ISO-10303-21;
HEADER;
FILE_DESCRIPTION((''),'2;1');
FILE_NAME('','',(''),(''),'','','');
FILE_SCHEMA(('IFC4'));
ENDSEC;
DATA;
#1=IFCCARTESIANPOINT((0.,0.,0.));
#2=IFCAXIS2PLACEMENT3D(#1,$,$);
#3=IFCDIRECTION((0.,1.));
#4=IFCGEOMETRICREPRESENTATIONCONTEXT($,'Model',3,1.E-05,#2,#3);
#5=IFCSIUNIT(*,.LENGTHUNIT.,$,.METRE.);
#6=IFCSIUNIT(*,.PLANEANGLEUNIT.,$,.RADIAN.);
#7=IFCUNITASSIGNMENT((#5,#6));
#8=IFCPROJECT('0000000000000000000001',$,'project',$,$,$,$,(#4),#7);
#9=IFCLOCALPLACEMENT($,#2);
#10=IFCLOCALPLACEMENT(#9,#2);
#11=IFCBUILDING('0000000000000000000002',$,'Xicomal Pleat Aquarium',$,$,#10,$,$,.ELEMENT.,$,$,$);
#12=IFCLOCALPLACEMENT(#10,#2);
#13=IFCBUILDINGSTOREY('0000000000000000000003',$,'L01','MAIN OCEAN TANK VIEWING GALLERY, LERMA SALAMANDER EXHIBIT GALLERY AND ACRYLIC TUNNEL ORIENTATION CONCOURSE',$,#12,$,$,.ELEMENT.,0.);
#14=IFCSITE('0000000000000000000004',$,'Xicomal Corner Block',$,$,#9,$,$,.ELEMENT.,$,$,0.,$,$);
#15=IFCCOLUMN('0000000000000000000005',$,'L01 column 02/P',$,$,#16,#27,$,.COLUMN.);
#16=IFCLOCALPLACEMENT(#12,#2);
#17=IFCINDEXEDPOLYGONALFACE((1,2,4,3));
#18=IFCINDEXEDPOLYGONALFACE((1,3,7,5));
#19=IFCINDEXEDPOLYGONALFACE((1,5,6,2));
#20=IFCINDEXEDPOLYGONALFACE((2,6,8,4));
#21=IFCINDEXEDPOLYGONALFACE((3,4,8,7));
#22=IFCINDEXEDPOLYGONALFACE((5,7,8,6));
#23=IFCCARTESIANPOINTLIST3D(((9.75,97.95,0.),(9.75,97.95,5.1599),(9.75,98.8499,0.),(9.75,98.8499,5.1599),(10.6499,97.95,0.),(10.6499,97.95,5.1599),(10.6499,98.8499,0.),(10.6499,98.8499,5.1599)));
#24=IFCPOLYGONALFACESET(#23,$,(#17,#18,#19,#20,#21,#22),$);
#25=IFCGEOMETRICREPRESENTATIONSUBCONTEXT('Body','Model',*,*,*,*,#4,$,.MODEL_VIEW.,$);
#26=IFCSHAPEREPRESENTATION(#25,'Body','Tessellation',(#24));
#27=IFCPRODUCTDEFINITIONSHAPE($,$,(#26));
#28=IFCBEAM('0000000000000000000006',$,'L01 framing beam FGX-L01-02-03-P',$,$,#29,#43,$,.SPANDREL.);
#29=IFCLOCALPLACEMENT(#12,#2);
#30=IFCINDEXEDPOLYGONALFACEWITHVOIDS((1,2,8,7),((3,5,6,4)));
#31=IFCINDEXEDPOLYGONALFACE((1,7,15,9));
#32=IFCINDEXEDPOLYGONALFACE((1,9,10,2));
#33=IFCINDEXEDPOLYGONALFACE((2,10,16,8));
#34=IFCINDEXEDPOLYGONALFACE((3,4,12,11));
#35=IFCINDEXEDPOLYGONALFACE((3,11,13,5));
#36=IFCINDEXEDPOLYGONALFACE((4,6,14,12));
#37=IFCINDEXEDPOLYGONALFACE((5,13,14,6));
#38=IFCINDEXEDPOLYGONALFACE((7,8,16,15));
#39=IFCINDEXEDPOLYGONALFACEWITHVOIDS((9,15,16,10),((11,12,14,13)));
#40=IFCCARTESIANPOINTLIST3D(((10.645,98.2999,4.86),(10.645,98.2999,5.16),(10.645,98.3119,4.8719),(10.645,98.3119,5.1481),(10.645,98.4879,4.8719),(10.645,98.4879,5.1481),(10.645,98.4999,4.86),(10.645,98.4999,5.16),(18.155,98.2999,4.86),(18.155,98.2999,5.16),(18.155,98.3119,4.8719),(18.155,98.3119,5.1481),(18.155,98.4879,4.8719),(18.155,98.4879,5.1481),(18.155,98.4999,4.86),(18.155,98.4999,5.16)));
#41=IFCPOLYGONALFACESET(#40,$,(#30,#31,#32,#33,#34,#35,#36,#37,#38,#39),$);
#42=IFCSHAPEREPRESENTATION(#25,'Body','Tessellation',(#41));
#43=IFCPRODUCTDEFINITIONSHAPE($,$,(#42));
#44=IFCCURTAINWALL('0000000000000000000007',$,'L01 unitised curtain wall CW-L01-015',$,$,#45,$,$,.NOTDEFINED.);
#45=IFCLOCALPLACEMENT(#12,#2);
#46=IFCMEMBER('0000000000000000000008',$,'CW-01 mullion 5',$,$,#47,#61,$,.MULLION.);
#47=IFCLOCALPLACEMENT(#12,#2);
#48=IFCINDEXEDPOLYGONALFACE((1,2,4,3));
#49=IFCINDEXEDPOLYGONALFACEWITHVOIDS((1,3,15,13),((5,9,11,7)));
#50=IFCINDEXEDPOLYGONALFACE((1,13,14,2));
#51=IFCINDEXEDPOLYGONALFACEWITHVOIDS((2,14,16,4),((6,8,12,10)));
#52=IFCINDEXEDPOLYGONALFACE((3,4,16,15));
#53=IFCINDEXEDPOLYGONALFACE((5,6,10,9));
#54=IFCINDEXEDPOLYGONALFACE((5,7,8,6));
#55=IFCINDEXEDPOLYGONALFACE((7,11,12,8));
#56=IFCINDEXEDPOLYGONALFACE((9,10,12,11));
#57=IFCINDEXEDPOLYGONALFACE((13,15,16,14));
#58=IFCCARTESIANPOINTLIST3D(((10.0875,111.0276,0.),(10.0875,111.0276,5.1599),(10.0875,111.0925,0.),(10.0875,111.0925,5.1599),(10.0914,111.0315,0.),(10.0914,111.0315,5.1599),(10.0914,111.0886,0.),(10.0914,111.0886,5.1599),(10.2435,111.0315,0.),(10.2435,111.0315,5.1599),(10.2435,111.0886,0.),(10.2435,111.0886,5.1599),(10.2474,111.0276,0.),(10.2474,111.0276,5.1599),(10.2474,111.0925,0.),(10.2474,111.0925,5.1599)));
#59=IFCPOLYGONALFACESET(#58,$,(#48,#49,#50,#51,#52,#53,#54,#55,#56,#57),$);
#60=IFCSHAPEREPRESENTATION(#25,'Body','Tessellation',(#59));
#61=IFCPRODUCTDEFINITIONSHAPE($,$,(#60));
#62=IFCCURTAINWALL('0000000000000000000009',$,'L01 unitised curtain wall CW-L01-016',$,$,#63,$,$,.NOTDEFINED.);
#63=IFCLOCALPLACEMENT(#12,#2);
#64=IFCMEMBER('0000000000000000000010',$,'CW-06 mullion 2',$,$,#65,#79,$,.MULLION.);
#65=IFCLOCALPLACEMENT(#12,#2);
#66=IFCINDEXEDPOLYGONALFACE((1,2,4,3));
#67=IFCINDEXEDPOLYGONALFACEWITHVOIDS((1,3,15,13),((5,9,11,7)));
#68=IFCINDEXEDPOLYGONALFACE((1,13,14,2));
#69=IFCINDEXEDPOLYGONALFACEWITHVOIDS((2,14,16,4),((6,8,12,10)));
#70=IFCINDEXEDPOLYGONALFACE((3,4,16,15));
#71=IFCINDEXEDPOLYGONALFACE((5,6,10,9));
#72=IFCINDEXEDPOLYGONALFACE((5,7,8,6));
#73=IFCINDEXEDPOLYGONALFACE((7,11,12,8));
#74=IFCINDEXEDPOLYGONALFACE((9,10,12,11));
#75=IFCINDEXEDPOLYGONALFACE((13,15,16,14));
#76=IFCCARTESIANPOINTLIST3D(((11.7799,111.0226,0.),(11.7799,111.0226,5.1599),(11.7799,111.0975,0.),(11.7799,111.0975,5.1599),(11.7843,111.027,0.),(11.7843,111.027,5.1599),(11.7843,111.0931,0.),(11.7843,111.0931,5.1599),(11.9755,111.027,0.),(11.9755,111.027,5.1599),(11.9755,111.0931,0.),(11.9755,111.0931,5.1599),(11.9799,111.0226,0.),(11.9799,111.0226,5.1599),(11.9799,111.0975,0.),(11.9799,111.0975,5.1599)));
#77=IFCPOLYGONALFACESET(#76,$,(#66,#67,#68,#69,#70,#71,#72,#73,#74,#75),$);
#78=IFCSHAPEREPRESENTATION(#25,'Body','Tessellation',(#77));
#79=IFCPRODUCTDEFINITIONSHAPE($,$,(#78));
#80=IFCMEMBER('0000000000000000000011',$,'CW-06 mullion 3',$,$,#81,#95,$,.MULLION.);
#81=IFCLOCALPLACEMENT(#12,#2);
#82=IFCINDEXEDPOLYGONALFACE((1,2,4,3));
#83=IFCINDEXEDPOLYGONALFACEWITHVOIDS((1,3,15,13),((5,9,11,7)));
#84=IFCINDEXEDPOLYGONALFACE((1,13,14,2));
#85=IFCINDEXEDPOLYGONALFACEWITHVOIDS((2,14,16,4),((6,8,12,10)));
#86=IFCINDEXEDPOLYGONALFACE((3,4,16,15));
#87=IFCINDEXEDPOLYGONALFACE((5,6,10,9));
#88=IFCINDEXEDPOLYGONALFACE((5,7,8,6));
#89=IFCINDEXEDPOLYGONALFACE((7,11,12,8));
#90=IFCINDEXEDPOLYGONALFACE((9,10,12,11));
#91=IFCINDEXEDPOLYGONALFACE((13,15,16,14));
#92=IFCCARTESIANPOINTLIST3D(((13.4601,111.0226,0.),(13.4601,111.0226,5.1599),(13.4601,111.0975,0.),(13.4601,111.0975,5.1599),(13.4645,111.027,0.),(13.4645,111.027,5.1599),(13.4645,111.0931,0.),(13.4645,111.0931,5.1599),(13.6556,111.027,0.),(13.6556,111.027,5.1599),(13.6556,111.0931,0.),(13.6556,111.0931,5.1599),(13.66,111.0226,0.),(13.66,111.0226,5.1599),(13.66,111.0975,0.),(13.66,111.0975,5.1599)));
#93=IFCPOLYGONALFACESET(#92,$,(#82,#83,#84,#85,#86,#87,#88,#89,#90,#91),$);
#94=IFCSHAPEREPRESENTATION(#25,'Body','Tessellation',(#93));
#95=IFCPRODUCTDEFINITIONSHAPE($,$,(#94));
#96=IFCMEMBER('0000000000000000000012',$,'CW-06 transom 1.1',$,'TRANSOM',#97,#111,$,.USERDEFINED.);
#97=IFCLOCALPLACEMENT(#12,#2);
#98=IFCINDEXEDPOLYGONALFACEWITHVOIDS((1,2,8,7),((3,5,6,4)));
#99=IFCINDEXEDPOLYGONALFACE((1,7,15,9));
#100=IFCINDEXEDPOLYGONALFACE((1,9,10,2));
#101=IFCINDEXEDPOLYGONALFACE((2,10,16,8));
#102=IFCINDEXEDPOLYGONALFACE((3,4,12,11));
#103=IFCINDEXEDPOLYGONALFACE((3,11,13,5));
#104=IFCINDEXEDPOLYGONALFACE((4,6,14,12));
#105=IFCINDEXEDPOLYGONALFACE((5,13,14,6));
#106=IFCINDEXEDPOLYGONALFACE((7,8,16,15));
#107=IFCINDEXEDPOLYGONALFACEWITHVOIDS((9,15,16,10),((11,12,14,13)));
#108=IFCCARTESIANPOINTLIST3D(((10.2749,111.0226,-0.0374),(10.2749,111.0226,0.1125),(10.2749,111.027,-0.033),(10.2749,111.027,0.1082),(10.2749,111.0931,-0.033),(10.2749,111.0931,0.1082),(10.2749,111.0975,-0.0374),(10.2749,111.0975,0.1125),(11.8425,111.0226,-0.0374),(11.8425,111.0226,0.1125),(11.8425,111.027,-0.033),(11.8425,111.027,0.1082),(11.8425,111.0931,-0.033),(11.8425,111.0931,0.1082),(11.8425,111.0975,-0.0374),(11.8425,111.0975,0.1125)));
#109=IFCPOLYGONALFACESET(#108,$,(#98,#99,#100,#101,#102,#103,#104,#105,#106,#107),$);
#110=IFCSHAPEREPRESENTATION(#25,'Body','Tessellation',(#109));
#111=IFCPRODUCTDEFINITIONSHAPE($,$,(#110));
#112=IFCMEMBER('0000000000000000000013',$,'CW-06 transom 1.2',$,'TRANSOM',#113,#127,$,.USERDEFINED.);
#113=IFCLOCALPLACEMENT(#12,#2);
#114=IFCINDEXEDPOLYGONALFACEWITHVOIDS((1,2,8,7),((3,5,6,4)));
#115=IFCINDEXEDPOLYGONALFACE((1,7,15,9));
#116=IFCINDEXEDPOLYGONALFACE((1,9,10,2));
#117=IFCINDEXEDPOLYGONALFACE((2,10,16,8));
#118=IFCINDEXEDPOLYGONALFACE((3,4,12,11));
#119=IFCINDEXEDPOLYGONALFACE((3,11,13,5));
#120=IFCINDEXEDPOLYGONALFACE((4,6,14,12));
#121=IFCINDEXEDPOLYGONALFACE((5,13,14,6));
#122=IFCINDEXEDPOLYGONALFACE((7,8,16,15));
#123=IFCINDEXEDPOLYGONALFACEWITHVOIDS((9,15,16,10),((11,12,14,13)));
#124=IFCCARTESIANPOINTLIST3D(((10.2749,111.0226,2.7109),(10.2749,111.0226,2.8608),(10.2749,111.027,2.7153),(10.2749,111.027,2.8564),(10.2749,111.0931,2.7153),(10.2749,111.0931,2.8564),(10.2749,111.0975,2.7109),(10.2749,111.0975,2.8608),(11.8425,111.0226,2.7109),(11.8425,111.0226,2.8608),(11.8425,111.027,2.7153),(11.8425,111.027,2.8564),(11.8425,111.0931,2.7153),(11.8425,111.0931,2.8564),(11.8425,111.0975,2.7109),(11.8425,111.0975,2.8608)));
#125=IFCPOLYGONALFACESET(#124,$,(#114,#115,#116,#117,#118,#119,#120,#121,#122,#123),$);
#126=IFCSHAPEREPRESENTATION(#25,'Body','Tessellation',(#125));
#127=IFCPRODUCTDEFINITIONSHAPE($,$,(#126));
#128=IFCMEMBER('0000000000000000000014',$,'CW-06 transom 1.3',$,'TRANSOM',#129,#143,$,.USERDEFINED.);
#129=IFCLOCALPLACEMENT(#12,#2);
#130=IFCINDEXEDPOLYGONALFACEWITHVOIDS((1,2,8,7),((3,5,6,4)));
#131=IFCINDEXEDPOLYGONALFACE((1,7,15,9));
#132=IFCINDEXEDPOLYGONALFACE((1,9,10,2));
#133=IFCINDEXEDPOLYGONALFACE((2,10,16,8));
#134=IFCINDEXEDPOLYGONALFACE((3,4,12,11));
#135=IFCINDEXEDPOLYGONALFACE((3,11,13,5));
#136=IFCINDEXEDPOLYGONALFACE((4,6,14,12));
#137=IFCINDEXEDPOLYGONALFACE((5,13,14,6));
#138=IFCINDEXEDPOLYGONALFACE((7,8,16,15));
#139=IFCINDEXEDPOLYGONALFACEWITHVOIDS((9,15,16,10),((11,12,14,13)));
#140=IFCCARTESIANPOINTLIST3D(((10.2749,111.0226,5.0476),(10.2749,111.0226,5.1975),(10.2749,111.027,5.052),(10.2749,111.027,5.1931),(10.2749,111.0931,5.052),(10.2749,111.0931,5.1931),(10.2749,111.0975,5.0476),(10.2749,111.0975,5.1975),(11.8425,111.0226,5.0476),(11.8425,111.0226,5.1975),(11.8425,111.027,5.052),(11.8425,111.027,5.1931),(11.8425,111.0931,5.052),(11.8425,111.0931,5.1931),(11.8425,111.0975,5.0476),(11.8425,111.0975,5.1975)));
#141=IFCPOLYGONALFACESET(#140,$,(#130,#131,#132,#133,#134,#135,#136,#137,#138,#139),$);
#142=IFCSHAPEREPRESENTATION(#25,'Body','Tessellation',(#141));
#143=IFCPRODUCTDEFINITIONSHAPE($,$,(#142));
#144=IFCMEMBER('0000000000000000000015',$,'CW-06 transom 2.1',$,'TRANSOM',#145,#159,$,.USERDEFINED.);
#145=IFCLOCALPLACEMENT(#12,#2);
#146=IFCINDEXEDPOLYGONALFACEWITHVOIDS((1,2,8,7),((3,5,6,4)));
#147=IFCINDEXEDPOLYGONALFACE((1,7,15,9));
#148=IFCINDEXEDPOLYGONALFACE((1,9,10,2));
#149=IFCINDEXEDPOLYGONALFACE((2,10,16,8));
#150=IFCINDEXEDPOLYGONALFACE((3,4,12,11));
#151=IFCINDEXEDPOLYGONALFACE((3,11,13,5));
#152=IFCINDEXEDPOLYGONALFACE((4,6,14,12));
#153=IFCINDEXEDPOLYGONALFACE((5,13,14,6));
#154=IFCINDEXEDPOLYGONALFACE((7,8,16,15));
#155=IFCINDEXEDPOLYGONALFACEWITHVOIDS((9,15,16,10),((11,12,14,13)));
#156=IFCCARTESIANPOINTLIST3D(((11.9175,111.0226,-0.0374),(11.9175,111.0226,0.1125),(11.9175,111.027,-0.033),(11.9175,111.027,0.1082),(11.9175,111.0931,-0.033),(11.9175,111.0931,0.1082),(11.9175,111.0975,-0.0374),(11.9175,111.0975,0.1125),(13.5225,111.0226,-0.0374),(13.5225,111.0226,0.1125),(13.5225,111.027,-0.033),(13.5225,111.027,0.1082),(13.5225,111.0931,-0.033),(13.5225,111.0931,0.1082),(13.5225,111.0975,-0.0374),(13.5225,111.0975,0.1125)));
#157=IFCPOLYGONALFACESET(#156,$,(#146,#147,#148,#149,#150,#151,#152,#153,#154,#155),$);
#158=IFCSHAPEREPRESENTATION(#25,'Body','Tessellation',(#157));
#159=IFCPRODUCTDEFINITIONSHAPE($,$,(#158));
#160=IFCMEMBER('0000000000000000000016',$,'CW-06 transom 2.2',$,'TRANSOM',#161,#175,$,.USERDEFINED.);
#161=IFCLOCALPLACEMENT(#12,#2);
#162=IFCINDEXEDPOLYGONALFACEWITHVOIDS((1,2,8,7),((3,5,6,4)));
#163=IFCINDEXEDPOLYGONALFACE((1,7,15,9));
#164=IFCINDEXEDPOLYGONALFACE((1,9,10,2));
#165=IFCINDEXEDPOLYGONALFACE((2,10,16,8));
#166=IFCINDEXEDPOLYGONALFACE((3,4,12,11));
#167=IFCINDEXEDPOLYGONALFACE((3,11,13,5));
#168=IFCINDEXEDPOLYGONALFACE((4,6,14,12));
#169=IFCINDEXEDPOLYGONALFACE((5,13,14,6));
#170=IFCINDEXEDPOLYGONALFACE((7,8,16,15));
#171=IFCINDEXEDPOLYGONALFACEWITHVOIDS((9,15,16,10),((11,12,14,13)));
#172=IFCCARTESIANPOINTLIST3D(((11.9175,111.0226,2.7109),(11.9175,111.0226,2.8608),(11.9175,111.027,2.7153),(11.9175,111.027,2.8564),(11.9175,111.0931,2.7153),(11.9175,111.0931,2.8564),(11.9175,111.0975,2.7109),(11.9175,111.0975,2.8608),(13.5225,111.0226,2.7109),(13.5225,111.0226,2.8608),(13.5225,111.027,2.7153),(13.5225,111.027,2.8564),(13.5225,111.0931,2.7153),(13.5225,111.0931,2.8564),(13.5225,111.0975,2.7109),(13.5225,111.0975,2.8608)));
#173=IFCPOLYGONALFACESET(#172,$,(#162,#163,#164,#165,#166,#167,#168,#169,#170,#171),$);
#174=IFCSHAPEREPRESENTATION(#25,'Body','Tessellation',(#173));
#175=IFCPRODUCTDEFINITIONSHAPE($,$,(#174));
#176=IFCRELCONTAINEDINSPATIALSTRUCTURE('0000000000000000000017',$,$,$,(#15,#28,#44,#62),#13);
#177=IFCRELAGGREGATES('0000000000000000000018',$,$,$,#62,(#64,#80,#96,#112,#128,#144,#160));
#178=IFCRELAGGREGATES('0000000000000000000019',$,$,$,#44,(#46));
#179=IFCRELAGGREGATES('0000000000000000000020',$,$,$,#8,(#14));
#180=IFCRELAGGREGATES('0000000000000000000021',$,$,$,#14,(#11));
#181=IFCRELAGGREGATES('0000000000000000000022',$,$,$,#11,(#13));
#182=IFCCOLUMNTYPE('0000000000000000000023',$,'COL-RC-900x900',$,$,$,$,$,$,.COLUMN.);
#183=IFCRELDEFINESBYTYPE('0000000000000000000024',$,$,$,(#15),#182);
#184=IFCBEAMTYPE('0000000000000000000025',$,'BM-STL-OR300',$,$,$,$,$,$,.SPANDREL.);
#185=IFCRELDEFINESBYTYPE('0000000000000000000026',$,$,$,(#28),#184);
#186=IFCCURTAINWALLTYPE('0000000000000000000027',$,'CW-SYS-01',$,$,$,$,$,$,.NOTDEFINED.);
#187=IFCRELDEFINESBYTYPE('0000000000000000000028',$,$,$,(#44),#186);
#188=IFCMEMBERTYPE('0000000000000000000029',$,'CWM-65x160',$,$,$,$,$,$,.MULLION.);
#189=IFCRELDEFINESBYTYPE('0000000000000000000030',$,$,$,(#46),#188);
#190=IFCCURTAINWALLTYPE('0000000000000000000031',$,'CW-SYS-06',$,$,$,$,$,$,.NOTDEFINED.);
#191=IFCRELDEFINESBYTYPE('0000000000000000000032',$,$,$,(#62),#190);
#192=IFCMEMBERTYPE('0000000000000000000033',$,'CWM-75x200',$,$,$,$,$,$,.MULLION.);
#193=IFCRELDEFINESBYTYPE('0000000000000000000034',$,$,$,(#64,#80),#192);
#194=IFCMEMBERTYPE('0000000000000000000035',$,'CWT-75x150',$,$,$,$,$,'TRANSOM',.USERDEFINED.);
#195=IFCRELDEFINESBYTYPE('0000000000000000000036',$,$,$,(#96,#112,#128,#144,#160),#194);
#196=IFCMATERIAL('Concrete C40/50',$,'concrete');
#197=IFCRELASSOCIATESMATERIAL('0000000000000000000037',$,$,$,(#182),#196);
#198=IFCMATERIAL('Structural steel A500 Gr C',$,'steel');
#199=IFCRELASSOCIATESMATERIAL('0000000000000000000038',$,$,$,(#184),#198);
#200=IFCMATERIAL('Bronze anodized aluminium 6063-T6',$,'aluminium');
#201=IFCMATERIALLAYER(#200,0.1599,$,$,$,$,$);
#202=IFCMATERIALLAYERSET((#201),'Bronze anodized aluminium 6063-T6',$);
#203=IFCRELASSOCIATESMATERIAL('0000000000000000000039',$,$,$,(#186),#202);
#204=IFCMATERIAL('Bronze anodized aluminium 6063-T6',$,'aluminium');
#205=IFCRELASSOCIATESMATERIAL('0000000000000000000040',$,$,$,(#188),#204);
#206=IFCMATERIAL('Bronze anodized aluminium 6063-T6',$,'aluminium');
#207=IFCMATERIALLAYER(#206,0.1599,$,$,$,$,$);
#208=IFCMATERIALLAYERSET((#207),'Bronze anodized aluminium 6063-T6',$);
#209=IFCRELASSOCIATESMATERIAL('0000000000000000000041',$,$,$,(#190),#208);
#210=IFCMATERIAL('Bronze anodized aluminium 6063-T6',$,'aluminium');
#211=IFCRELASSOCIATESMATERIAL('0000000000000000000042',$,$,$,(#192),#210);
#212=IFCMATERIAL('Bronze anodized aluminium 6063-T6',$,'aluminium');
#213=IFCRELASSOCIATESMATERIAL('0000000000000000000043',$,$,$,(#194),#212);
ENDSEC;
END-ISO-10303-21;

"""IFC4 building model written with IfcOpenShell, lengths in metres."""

from ifc_helpers import new_model, si_unit, direction, frame, origin, origin_2d, place, context, subcontext, project, spatial, rectangle, hollow_rectangle, extrude, material, layer, layer_set, material_profile, profile_set, type_object, element, aggregate, save


model = new_model("IFC4")

# Units and contexts
model_context = context("Model", 3, precision=1e-05, world=origin(), true_north=direction((0.0, 1.0)))
body_context = subcontext(model_context, "Body", "Model", "MODEL_VIEW")
ifc_project = project(units=[si_unit("LENGTHUNIT", "METRE"), si_unit("PLANEANGLEUNIT", "RADIAN")], contexts=[model_context])

# Site, building, storey
site_placement = place(None, origin())
site = spatial("IfcSite", under=ifc_project, at=site_placement, Name="Xicomal Corner Block", CompositionType="ELEMENT", RefElevation=0.0)
building_placement = place(site_placement, origin())
building = spatial("IfcBuilding", under=site, at=building_placement, Name="Xicomal Pleat Aquarium", CompositionType="ELEMENT")
storey_placement = place(building_placement, origin())
storey = spatial("IfcBuildingStorey", under=building, at=storey_placement, Name="L01", Description="MAIN OCEAN TANK VIEWING GALLERY, LERMA SALAMANDER EXHIBIT GALLERY AND ACRYLIC TUNNEL ORIENTATION CONCOURSE", CompositionType="ELEMENT", Elevation=0.0)

# Column
ifc_material_1 = material(Name="Concrete C40/50", Category="concrete")
ifc_material_profile_1 = material_profile(ifc_material_1, rectangle(XDim=0.8999, YDim=0.8999, at=origin_2d()), Name="RC 900x900")
ifc_profile_set_1 = profile_set([ifc_material_profile_1], Name="Concrete C40/50")
column_type = type_object("IfcColumnType", Name="COL-RC-900x900", PredefinedType="COLUMN", material=ifc_profile_set_1)
column_placement = place(storey_placement, frame((10.2, 98.3999, 0.0), z_axis=(0.0, 0.0, 1.0), x_axis=(1.0, 0.0, 0.0)))
element("IfcColumn", 1, at=column_placement, inside=storey, type_object=column_type, Name="L01 column 02/P", PredefinedType="COLUMN", context=body_context, shape_type="SweptSolid", body=[
    extrude(rectangle(XDim=0.8999, YDim=0.8999, at=origin_2d()), origin(), (0.0, 0.0, 1.0), 5.1599),
])

# Beam
ifc_material_2 = material(Name="Structural steel A500 Gr C", Category="steel")
ifc_material_profile_2 = material_profile(ifc_material_2, hollow_rectangle(XDim=0.2, YDim=0.3, WallThickness=0.012, at=origin_2d()), Name="OR 300x200x12")
ifc_profile_set_2 = profile_set([ifc_material_profile_2], Name="Structural steel A500 Gr C")
beam_type = type_object("IfcBeamType", Name="BM-STL-OR300", PredefinedType="SPANDREL", material=ifc_profile_set_2)
beam_placement = place(storey_placement, frame((10.645, 98.3999, 5.01), z_axis=(1.0, 0.0, 0.0), x_axis=(0.0, 1.0, 0.0)))
element("IfcBeam", 2, at=beam_placement, inside=storey, type_object=beam_type, Name="L01 framing beam FGX-L01-02-03-P", PredefinedType="SPANDREL", context=body_context, shape_type="SweptSolid", body=[
    extrude(hollow_rectangle(XDim=0.2, YDim=0.3, WallThickness=0.012, at=origin_2d()), origin(), (0.0, 0.0, 1.0), 7.51),
])

# Curtain wall, member
ifc_material_3 = material(Name="Bronze anodized aluminium 6063-T6", Category="aluminium")
ifc_layer_1 = layer(ifc_material_3, 0.1599)
ifc_layer_set_1 = layer_set([ifc_layer_1], Name="Bronze anodized aluminium 6063-T6")
curtain_wall_type_1 = type_object("IfcCurtainWallType", Name="CW-SYS-01", PredefinedType="NOTDEFINED", material=ifc_layer_set_1)
curtain_wall_1_placement = place(storey_placement, origin())
curtain_wall_1 = element("IfcCurtainWall", 3, at=curtain_wall_1_placement, inside=storey, type_object=curtain_wall_type_1, Name="L01 unitised curtain wall CW-L01-015", PredefinedType="NOTDEFINED")
ifc_material_4 = material(Name="Bronze anodized aluminium 6063-T6", Category="aluminium")
ifc_material_profile_3 = material_profile(ifc_material_4, hollow_rectangle(XDim=0.0649, YDim=0.1599, WallThickness=0.0039, at=origin_2d()), Name="ALU MULL 65x160")
ifc_profile_set_3 = profile_set([ifc_material_profile_3], Name="Bronze anodized aluminium 6063-T6")
member_type_1 = type_object("IfcMemberType", Name="CWM-65x160", PredefinedType="MULLION", material=ifc_profile_set_3)
member_1_placement = place(storey_placement, frame((10.1675, 111.0601, 0.0), z_axis=(0.0, 0.0, 1.0), x_axis=(0.0, 1.0, 0.0)))
member_1 = element("IfcMember", 4, at=member_1_placement, type_object=member_type_1, Name="CW-01 mullion 5", PredefinedType="MULLION", context=body_context, shape_type="SweptSolid", body=[
    extrude(hollow_rectangle(XDim=0.0649, YDim=0.1599, WallThickness=0.0039, at=origin_2d()), origin(), (0.0, 0.0, 1.0), 5.1599),
])

# Curtain wall, members
ifc_material_5 = material(Name="Bronze anodized aluminium 6063-T6", Category="aluminium")
ifc_layer_2 = layer(ifc_material_5, 0.1599)
ifc_layer_set_2 = layer_set([ifc_layer_2], Name="Bronze anodized aluminium 6063-T6")
curtain_wall_type_2 = type_object("IfcCurtainWallType", Name="CW-SYS-06", PredefinedType="NOTDEFINED", material=ifc_layer_set_2)
curtain_wall_2_placement = place(storey_placement, origin())
curtain_wall_2 = element("IfcCurtainWall", 5, at=curtain_wall_2_placement, inside=storey, type_object=curtain_wall_type_2, Name="L01 unitised curtain wall CW-L01-016", PredefinedType="NOTDEFINED")
ifc_material_6 = material(Name="Bronze anodized aluminium 6063-T6", Category="aluminium")
ifc_material_profile_4 = material_profile(ifc_material_6, hollow_rectangle(XDim=0.075, YDim=0.2, WallThickness=0.0044, at=origin_2d()), Name="ALU MULL 75x200")
ifc_profile_set_4 = profile_set([ifc_material_profile_4], Name="Bronze anodized aluminium 6063-T6")
member_type_2 = type_object("IfcMemberType", Name="CWM-75x200", PredefinedType="MULLION", material=ifc_profile_set_4)
member_2_placement = place(storey_placement, frame((11.8799, 111.0601, 0.0), z_axis=(0.0, 0.0, 1.0), x_axis=(0.0, 1.0, 0.0)))
member_2 = element("IfcMember", 6, at=member_2_placement, type_object=member_type_2, Name="CW-06 mullion 2", PredefinedType="MULLION", context=body_context, shape_type="SweptSolid", body=[
    extrude(hollow_rectangle(XDim=0.075, YDim=0.2, WallThickness=0.0044, at=origin_2d()), origin(), (0.0, 0.0, 1.0), 5.1599),
])
member_3_placement = place(storey_placement, frame((13.5601, 111.0601, 0.0), z_axis=(0.0, 0.0, 1.0), x_axis=(0.0, 1.0, 0.0)))
member_3 = element("IfcMember", 7, at=member_3_placement, type_object=member_type_2, Name="CW-06 mullion 3", PredefinedType="MULLION", context=body_context, shape_type="SweptSolid", body=[
    extrude(hollow_rectangle(XDim=0.075, YDim=0.2, WallThickness=0.0044, at=origin_2d()), origin(), (0.0, 0.0, 1.0), 5.1599),
])
ifc_material_7 = material(Name="Bronze anodized aluminium 6063-T6", Category="aluminium")
ifc_material_profile_5 = material_profile(ifc_material_7, hollow_rectangle(XDim=0.075, YDim=0.1499, WallThickness=0.0044, at=origin_2d()), Name="ALU TRAN 75x150")
ifc_profile_set_5 = profile_set([ifc_material_profile_5], Name="Bronze anodized aluminium 6063-T6")
member_type_3 = type_object("IfcMemberType", Name="CWT-75x150", ElementType="TRANSOM", PredefinedType="USERDEFINED", material=ifc_profile_set_5)
member_4_placement = place(storey_placement, frame((10.2749, 111.0601, 0.0376), z_axis=(1.0, 0.0, 0.0), x_axis=(0.0, 1.0, 0.0)))
member_4 = element("IfcMember", 8, at=member_4_placement, type_object=member_type_3, Name="CW-06 transom 1.1", ObjectType="TRANSOM", PredefinedType="USERDEFINED", context=body_context, shape_type="SweptSolid", body=[
    extrude(hollow_rectangle(XDim=0.075, YDim=0.1499, WallThickness=0.0044, at=origin_2d()), origin(), (0.0, 0.0, 1.0), 1.5676),
])
member_5_placement = place(storey_placement, frame((10.2749, 111.0601, 2.7859), z_axis=(1.0, 0.0, 0.0), x_axis=(0.0, 1.0, 0.0)))
member_5 = element("IfcMember", 9, at=member_5_placement, type_object=member_type_3, Name="CW-06 transom 1.2", ObjectType="TRANSOM", PredefinedType="USERDEFINED", context=body_context, shape_type="SweptSolid", body=[
    extrude(hollow_rectangle(XDim=0.075, YDim=0.1499, WallThickness=0.0044, at=origin_2d()), origin(), (0.0, 0.0, 1.0), 1.5676),
])
member_6_placement = place(storey_placement, frame((10.2749, 111.0601, 5.1226), z_axis=(1.0, 0.0, 0.0), x_axis=(0.0, 1.0, 0.0)))
member_6 = element("IfcMember", 10, at=member_6_placement, type_object=member_type_3, Name="CW-06 transom 1.3", ObjectType="TRANSOM", PredefinedType="USERDEFINED", context=body_context, shape_type="SweptSolid", body=[
    extrude(hollow_rectangle(XDim=0.075, YDim=0.1499, WallThickness=0.0044, at=origin_2d()), origin(), (0.0, 0.0, 1.0), 1.5676),
])
member_7_placement = place(storey_placement, frame((11.9175, 111.0601, 0.0376), z_axis=(1.0, 0.0, 0.0), x_axis=(0.0, 1.0, 0.0)))
member_7 = element("IfcMember", 11, at=member_7_placement, type_object=member_type_3, Name="CW-06 transom 2.1", ObjectType="TRANSOM", PredefinedType="USERDEFINED", context=body_context, shape_type="SweptSolid", body=[
    extrude(hollow_rectangle(XDim=0.075, YDim=0.1499, WallThickness=0.0044, at=origin_2d()), origin(), (0.0, 0.0, 1.0), 1.605),
])
member_8_placement = place(storey_placement, frame((11.9175, 111.0601, 2.7859), z_axis=(1.0, 0.0, 0.0), x_axis=(0.0, 1.0, 0.0)))
member_8 = element("IfcMember", 12, at=member_8_placement, type_object=member_type_3, Name="CW-06 transom 2.2", ObjectType="TRANSOM", PredefinedType="USERDEFINED", context=body_context, shape_type="SweptSolid", body=[
    extrude(hollow_rectangle(XDim=0.075, YDim=0.1499, WallThickness=0.0044, at=origin_2d()), origin(), (0.0, 0.0, 1.0), 1.605),
])
aggregate(curtain_wall_2, [member_2, member_3, member_4, member_5, member_6, member_7, member_8])

aggregate(curtain_wall_1, [member_1])

save(model, "model.ifc")
